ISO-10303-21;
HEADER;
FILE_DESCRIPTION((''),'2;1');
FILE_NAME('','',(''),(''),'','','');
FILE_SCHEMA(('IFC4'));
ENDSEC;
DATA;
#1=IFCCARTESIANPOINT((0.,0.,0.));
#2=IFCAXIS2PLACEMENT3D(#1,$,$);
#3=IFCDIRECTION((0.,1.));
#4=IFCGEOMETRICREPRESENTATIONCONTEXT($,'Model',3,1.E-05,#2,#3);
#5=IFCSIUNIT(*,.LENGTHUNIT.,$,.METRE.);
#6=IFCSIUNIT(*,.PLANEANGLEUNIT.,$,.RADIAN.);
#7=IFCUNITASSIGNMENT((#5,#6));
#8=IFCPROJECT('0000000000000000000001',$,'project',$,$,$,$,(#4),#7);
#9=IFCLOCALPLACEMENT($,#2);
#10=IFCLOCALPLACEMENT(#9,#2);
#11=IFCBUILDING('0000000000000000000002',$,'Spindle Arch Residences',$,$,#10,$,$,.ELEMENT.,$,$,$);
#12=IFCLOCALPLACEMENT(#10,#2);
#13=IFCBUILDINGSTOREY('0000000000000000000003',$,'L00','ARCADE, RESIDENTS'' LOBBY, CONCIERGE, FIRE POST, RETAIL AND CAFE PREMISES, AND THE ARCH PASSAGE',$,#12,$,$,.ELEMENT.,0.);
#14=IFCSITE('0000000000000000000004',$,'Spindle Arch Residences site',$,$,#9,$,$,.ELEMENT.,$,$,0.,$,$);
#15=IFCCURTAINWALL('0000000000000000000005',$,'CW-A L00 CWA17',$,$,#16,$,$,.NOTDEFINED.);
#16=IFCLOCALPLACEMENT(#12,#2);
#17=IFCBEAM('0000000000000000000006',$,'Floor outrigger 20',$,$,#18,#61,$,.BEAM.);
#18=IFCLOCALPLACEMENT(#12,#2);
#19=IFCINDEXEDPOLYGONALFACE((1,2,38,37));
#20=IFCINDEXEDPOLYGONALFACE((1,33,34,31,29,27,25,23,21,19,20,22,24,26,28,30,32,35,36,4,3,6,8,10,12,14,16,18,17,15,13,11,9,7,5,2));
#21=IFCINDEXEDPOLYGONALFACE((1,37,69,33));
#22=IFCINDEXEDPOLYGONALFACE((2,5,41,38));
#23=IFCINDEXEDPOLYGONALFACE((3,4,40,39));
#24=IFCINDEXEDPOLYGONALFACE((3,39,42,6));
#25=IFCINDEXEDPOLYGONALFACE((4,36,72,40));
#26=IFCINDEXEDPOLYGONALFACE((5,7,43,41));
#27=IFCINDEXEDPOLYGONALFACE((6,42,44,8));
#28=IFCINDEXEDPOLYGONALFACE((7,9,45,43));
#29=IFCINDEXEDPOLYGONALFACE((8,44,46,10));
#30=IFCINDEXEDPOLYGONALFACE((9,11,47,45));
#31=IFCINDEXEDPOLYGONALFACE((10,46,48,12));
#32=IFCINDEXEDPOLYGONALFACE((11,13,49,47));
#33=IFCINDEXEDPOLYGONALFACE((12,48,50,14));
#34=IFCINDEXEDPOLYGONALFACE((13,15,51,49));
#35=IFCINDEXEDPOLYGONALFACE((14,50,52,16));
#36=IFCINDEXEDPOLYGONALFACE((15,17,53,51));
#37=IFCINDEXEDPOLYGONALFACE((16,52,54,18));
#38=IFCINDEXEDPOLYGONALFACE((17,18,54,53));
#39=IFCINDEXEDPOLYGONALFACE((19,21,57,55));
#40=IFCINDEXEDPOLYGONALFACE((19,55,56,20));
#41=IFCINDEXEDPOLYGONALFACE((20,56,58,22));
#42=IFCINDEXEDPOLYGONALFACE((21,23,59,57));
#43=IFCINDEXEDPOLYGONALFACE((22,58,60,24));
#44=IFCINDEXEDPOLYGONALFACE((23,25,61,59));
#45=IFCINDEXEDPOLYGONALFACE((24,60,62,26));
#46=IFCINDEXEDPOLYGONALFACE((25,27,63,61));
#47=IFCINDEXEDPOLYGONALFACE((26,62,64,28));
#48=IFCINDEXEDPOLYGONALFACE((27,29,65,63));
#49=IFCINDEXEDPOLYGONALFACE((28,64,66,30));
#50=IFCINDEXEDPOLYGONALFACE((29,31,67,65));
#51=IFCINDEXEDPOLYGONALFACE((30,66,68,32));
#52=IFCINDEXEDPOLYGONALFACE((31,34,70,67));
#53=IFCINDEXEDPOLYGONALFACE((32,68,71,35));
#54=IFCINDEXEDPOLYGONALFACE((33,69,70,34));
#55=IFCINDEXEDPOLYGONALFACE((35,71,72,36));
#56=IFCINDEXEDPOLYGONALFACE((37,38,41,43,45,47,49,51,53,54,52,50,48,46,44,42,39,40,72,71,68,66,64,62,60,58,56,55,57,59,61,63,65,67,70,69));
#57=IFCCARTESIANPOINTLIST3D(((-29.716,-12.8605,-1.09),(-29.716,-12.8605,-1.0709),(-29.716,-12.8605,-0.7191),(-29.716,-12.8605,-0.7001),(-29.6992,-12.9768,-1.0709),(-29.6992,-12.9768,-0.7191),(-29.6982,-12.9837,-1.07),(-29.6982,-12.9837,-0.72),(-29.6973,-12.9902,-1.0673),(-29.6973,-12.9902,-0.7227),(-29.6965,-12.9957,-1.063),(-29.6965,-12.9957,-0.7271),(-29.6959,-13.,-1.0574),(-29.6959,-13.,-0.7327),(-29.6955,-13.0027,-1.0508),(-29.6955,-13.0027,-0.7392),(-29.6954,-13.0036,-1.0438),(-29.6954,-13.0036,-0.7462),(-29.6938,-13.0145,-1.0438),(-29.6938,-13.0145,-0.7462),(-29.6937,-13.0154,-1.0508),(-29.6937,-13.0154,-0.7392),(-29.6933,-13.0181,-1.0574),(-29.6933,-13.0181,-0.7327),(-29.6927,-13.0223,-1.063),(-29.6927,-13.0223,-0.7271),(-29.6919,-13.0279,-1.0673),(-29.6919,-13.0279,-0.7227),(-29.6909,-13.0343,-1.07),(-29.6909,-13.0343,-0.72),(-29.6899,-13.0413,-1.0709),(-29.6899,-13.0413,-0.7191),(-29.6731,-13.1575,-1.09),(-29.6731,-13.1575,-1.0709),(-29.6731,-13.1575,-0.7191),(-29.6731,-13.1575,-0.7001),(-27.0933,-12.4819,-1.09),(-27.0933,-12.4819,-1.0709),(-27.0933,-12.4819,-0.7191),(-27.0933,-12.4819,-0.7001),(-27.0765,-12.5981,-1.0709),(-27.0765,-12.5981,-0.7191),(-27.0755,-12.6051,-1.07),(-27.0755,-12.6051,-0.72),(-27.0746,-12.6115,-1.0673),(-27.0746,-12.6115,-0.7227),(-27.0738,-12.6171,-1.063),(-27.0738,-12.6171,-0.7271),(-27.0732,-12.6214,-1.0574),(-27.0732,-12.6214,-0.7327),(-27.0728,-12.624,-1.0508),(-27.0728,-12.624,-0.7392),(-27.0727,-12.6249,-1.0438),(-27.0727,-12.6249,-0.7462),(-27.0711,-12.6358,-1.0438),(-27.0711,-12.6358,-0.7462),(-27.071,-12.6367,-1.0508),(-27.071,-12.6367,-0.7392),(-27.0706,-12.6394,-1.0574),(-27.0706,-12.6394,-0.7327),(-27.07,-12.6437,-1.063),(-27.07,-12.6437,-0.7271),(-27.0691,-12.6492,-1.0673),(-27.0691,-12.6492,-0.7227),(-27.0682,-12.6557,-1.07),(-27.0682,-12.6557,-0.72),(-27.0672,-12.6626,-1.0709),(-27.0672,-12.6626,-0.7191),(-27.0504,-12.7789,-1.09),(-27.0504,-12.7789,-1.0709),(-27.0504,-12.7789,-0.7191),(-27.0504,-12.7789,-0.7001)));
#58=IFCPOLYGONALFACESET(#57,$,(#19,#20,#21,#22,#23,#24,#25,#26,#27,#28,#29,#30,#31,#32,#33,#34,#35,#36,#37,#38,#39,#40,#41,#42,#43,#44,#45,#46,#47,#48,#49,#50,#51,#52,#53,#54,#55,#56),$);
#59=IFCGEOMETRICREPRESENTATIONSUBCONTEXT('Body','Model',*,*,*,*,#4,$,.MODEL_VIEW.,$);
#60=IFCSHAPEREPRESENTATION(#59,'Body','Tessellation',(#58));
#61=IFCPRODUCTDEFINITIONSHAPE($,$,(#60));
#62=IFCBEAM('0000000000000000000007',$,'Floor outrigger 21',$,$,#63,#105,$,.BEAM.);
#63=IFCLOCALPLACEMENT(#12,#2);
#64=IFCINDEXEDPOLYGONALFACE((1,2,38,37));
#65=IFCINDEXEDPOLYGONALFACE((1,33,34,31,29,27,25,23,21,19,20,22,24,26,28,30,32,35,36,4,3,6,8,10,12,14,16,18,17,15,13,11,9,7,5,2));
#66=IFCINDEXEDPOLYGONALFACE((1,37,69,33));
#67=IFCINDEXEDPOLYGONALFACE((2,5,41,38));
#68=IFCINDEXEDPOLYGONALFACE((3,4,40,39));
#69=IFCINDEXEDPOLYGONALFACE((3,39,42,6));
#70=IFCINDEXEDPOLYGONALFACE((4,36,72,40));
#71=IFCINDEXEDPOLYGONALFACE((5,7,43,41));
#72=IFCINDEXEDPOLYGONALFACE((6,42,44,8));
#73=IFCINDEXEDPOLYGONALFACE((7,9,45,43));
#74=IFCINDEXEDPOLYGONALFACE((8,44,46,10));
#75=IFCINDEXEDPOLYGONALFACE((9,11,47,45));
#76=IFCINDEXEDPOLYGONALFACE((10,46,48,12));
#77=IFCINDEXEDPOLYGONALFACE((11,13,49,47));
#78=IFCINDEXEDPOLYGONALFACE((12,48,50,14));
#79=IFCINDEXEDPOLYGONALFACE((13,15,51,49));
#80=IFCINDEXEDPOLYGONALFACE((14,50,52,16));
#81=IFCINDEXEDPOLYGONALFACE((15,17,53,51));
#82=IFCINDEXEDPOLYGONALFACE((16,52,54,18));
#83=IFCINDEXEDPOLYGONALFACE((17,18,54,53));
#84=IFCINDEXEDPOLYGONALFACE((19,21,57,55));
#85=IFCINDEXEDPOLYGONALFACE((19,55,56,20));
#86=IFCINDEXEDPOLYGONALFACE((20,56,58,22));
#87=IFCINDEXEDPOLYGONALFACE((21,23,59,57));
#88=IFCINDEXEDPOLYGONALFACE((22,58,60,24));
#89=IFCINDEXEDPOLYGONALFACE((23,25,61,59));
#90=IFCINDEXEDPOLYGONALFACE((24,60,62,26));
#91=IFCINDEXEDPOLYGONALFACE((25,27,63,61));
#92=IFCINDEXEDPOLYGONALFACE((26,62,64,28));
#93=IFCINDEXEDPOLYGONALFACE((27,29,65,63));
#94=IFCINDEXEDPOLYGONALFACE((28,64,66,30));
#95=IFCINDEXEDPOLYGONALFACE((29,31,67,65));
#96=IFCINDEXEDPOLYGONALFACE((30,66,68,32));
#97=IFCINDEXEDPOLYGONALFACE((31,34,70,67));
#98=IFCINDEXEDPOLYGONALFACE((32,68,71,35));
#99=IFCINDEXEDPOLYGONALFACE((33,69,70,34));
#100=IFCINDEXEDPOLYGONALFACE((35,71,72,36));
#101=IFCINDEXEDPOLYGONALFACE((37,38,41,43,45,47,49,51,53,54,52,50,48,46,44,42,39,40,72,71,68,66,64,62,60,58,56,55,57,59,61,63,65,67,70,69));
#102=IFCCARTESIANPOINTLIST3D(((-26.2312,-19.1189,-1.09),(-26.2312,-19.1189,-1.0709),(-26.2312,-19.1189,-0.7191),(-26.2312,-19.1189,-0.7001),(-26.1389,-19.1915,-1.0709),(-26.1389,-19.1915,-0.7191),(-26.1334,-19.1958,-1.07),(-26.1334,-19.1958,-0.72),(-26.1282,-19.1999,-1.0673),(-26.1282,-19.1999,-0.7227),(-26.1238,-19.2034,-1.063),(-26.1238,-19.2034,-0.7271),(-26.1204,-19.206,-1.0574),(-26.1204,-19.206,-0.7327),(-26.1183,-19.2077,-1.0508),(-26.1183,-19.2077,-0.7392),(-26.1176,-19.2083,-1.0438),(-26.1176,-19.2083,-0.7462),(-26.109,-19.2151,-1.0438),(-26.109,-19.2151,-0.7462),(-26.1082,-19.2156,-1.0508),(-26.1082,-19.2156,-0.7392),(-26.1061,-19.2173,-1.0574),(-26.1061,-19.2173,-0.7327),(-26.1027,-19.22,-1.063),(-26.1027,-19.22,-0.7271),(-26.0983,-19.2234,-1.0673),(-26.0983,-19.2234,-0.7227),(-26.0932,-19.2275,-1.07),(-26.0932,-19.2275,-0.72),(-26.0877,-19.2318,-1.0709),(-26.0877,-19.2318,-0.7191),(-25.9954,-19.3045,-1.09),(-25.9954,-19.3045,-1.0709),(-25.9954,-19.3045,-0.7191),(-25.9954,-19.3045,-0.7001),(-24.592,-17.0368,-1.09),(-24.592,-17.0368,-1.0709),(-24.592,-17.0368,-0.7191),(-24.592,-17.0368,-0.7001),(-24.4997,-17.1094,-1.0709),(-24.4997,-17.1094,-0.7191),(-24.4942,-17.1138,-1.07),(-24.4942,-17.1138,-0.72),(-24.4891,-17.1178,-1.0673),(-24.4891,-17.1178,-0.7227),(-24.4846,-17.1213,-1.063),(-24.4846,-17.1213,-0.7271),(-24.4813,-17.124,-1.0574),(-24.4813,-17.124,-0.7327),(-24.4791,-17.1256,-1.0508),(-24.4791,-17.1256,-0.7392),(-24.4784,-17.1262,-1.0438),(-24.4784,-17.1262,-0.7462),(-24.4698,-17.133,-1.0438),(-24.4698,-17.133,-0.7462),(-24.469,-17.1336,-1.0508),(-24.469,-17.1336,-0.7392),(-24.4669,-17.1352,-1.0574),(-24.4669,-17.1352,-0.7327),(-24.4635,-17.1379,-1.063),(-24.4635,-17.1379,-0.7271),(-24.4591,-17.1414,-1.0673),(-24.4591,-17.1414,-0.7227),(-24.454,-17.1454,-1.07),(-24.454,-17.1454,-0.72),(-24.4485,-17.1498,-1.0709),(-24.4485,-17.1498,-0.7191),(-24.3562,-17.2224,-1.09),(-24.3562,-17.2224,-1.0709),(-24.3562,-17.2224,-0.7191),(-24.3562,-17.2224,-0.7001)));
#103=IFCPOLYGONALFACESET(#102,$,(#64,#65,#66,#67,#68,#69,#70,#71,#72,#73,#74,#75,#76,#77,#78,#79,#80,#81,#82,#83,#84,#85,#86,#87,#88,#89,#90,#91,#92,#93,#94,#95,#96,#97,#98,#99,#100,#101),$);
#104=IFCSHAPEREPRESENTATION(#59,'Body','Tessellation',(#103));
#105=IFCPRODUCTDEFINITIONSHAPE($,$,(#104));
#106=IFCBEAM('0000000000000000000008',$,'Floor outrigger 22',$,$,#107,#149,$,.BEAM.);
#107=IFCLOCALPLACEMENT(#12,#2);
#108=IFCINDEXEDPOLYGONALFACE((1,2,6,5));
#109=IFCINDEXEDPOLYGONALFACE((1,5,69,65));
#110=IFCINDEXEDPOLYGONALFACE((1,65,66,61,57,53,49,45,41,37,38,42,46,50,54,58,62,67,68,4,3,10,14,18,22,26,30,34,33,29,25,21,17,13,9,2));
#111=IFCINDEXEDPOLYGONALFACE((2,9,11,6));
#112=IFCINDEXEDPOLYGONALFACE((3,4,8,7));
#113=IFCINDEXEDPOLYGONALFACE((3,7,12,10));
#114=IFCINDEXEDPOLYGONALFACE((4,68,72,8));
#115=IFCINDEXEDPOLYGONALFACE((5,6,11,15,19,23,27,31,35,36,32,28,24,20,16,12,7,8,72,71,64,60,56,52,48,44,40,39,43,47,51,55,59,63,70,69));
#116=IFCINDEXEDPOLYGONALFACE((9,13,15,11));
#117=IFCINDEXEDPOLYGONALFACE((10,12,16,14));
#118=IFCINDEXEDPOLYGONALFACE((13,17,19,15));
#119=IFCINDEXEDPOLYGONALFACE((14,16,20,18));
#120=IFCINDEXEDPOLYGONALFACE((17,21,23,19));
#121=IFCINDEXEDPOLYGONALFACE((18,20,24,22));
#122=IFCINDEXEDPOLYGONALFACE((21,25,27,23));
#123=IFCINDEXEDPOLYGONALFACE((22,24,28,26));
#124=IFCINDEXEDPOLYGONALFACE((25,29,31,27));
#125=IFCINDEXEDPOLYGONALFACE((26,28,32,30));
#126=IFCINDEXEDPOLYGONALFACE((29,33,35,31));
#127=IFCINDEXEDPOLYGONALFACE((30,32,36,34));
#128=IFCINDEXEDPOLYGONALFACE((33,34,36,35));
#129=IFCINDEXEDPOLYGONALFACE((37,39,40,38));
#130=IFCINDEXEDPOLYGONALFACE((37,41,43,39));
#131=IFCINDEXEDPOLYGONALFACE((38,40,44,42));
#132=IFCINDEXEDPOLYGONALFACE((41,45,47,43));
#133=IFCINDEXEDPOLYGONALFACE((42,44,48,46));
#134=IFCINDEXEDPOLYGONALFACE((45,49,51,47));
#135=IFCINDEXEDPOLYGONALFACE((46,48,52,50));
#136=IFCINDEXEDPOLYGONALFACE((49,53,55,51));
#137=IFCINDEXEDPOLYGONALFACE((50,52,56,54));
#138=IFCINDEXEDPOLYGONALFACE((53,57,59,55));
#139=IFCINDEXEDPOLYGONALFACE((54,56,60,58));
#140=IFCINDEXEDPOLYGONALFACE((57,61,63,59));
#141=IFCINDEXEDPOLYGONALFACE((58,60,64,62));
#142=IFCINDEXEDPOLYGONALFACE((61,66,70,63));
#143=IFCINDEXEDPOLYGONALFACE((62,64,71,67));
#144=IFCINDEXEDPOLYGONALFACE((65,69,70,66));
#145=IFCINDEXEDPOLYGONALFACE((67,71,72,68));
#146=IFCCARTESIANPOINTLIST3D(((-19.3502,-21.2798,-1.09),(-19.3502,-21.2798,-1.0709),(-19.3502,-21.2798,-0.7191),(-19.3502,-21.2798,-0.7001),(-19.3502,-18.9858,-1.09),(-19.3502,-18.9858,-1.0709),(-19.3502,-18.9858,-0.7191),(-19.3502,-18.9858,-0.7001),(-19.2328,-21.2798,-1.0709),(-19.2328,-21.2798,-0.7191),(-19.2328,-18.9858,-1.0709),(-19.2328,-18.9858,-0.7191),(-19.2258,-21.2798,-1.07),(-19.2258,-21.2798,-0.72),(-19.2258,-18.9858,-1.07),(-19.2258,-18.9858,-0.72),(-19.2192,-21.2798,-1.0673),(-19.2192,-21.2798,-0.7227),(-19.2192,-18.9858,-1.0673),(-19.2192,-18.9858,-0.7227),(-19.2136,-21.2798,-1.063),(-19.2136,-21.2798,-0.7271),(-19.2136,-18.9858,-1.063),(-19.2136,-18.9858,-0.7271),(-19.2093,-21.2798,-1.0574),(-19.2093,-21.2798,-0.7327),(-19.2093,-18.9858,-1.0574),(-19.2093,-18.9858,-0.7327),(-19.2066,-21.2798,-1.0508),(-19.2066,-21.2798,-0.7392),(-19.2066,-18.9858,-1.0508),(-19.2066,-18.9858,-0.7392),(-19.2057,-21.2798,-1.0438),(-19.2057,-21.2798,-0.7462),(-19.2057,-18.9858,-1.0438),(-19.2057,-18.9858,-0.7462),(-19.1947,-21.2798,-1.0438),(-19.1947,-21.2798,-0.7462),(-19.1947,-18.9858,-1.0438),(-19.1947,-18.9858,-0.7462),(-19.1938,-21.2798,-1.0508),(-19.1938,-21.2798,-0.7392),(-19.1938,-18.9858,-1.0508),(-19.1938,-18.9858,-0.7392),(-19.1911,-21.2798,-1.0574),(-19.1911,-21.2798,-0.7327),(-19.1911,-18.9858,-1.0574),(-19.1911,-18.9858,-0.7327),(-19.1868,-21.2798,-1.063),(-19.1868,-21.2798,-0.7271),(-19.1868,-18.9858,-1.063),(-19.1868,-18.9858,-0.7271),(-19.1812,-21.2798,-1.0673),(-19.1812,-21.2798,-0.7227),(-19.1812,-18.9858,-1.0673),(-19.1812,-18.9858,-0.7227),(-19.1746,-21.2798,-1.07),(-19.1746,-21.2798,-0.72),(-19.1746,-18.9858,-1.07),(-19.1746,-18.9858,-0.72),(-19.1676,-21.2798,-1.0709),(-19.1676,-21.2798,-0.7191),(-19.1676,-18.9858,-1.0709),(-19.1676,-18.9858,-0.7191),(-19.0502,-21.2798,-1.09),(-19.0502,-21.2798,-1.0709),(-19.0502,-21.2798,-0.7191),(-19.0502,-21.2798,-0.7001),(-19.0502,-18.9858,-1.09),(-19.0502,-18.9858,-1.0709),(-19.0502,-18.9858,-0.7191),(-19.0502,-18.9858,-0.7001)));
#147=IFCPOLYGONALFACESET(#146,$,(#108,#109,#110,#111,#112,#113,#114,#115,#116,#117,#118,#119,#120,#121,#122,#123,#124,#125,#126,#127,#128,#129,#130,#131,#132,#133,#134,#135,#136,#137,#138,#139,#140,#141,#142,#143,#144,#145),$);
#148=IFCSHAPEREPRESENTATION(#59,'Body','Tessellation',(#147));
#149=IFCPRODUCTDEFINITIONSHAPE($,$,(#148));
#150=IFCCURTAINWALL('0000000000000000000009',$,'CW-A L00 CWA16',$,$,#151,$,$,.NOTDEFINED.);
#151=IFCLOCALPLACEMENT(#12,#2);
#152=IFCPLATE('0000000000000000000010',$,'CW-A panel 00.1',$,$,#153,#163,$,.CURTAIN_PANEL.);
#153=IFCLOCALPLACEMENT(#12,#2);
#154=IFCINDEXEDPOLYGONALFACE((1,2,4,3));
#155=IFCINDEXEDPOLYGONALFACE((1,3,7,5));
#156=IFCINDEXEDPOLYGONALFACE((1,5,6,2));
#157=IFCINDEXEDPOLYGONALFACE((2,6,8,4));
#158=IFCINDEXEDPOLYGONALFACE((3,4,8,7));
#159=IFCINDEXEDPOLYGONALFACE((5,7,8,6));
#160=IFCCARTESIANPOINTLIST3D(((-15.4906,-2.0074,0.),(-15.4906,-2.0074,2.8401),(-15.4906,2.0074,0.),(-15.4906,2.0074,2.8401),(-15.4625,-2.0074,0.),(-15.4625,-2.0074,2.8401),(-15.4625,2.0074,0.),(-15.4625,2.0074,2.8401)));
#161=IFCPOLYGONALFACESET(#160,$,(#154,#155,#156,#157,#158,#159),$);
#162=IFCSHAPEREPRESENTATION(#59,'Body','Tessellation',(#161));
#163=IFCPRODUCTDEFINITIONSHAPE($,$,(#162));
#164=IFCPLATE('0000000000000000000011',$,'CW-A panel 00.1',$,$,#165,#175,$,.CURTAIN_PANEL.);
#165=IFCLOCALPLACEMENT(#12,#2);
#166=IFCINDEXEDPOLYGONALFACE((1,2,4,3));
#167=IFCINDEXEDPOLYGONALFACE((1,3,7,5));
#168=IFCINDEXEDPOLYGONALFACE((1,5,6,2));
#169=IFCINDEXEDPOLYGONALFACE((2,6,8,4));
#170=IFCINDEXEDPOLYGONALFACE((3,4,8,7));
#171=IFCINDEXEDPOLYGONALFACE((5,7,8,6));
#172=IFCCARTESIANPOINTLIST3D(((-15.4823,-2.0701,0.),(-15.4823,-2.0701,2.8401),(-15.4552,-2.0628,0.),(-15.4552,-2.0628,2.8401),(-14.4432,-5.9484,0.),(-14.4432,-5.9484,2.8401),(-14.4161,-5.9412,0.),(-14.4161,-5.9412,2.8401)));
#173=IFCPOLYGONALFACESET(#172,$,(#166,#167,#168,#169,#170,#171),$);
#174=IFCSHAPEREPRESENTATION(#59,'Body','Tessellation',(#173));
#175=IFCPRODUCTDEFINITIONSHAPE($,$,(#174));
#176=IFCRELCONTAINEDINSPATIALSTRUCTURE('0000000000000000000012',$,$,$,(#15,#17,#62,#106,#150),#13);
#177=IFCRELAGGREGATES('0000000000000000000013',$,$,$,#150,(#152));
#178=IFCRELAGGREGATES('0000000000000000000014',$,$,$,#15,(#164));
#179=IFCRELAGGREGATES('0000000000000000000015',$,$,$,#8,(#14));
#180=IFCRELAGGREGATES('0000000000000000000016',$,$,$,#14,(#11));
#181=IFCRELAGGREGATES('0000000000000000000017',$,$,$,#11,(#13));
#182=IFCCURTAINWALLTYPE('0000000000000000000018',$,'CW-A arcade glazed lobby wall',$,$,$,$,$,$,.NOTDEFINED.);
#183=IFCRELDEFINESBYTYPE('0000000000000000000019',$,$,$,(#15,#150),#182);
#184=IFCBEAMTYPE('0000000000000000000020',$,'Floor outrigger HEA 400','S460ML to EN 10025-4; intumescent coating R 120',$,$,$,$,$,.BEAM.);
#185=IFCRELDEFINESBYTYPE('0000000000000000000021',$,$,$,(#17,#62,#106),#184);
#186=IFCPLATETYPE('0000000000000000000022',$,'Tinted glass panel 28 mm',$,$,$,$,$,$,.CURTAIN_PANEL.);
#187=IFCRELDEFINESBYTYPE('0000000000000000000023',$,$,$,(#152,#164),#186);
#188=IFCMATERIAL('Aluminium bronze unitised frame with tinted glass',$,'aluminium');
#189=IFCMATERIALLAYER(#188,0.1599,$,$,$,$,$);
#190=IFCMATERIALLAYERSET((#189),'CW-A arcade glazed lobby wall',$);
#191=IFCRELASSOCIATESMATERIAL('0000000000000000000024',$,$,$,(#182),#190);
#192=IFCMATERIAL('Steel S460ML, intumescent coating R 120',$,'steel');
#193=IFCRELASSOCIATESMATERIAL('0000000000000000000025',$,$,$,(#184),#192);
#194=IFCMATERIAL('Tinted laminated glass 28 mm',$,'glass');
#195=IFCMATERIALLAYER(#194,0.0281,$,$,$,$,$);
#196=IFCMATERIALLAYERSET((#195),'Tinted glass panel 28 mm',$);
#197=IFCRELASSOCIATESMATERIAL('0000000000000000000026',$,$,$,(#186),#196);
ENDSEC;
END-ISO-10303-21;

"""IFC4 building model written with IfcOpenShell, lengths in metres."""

from ifc_helpers import new_model, si_unit, direction, frame, origin, origin_2d, place, context, subcontext, project, spatial, rectangle, i_section, extrude, material, layer, layer_set, material_profile, profile_set, type_object, element, aggregate, save


model = new_model("IFC4")

# Units and contexts
model_context = context("Model", 3, precision=1e-05, world=origin(), true_north=direction((0.0, 1.0)))
body_context = subcontext(model_context, "Body", "Model", "MODEL_VIEW")
ifc_project = project(units=[si_unit("LENGTHUNIT", "METRE"), si_unit("PLANEANGLEUNIT", "RADIAN")], contexts=[model_context])

# Site, building, storey
site_placement = place(None, origin())
site = spatial("IfcSite", under=ifc_project, at=site_placement, Name="Spindle Arch Residences site", CompositionType="ELEMENT", RefElevation=0.0)
building_placement = place(site_placement, origin())
building = spatial("IfcBuilding", under=site, at=building_placement, Name="Spindle Arch Residences", CompositionType="ELEMENT")
storey_placement = place(building_placement, origin())
storey = spatial("IfcBuildingStorey", under=building, at=storey_placement, Name="L00", Description="ARCADE, RESIDENTS' LOBBY, CONCIERGE, FIRE POST, RETAIL AND CAFE PREMISES, AND THE ARCH PASSAGE", CompositionType="ELEMENT", Elevation=0.0)

# Curtain wall
ifc_material_1 = material(Name="Aluminium bronze unitised frame with tinted glass", Category="aluminium")
ifc_layer_1 = layer(ifc_material_1, 0.1599)
ifc_layer_set_1 = layer_set([ifc_layer_1], Name="CW-A arcade glazed lobby wall")
curtain_wall_type = type_object("IfcCurtainWallType", Name="CW-A arcade glazed lobby wall", PredefinedType="NOTDEFINED", material=ifc_layer_set_1)
curtain_wall_1_placement = place(storey_placement, origin())
curtain_wall_1 = element("IfcCurtainWall", 1, at=curtain_wall_1_placement, inside=storey, type_object=curtain_wall_type, Name="CW-A L00 CWA17", PredefinedType="NOTDEFINED")

# Beams
ifc_material_2 = material(Name="Steel S460ML, intumescent coating R 120", Category="steel")
ifc_material_profile_1 = material_profile(ifc_material_2, i_section(OverallWidth=0.3, OverallDepth=0.3899, WebThickness=0.011, FlangeThickness=0.019, FilletRadius=0.0271, at=origin_2d()), Name="HEA 400")
ifc_profile_set_1 = profile_set([ifc_material_profile_1], Name="Steel S460ML, intumescent coating R 120")
beam_type_1 = type_object("IfcBeamType", Name="Floor outrigger HEA 400", Description="S460ML to EN 10025-4; intumescent coating R 120", PredefinedType="BEAM", material=ifc_profile_set_1)
for number, where, z_axis, x_axis, name in (
    (2, (-29.6946, -13.009, -0.895), (0.989738, 0.142892, 0.0), (-0.142892, 0.989738, 0.0), "Floor outrigger 20"),
    (3, (-26.1133, -19.2117, -0.895), (0.618586, 0.785717, 0.0), (-0.785717, 0.618586, 0.0), "Floor outrigger 21"),
):
    element("IfcBeam", number, at=place(storey_placement, frame(where, z_axis=z_axis, x_axis=x_axis)), inside=storey, type_object=beam_type_1, Name=name, PredefinedType="BEAM", context=body_context, shape_type="SweptSolid", body=[
        extrude(i_section(OverallWidth=0.3, OverallDepth=0.3899, WebThickness=0.011, FlangeThickness=0.019, FilletRadius=0.0271, at=origin_2d()), origin(), (0.0, 0.0, 1.0), 2.6499),
    ])
beam_1_placement = place(storey_placement, frame((-19.2002, -21.2798, -0.895), z_axis=(0.0, 1.0, 0.0), x_axis=(-1.0, 0.0, 0.0)))
element("IfcBeam", 4, at=beam_1_placement, inside=storey, type_object=beam_type_1, Name="Floor outrigger 22", PredefinedType="BEAM", context=body_context, shape_type="SweptSolid", body=[
    extrude(i_section(OverallWidth=0.3, OverallDepth=0.3899, WebThickness=0.011, FlangeThickness=0.019, FilletRadius=0.0271, at=origin_2d()), origin(), (0.0, 0.0, 1.0), 2.2939),
])

# Curtain wall, plate
curtain_wall_2_placement = place(storey_placement, origin())
curtain_wall_2 = element("IfcCurtainWall", 5, at=curtain_wall_2_placement, inside=storey, type_object=curtain_wall_type, Name="CW-A L00 CWA16", PredefinedType="NOTDEFINED")
ifc_material_3 = material(Name="Tinted laminated glass 28 mm", Category="glass")
ifc_layer_2 = layer(ifc_material_3, 0.0281)
ifc_layer_set_2 = layer_set([ifc_layer_2], Name="Tinted glass panel 28 mm")
plate_type = type_object("IfcPlateType", Name="Tinted glass panel 28 mm", PredefinedType="CURTAIN_PANEL", material=ifc_layer_set_2)
plate_1_placement = place(storey_placement, frame((-15.4766, 0.0, 0.0), z_axis=(0.0, 0.0, 1.0), x_axis=(0.0, -1.0, 0.0)))
plate_1 = element("IfcPlate", 6, at=plate_1_placement, type_object=plate_type, Name="CW-A panel 00.1", PredefinedType="CURTAIN_PANEL", context=body_context, shape_type="SweptSolid", body=[
    extrude(rectangle(XDim=4.0149, YDim=0.0281, at=origin_2d()), origin(), (0.0, 0.0, 1.0), 2.8401),
])
aggregate(curtain_wall_2, [plate_1])

# Plate
plate_2_placement = place(storey_placement, frame((-14.9492, -4.0056, 0.0), z_axis=(0.0, 0.0, 1.0), x_axis=(0.258786, -0.965935, 0.0)))
plate_2 = element("IfcPlate", 7, at=plate_2_placement, type_object=plate_type, Name="CW-A panel 00.1", PredefinedType="CURTAIN_PANEL", context=body_context, shape_type="SweptSolid", body=[
    extrude(rectangle(XDim=4.0151, YDim=0.0281, at=origin_2d()), origin(), (0.0, 0.0, 1.0), 2.8401),
])
aggregate(curtain_wall_1, [plate_2])

save(model, "model.ifc")
